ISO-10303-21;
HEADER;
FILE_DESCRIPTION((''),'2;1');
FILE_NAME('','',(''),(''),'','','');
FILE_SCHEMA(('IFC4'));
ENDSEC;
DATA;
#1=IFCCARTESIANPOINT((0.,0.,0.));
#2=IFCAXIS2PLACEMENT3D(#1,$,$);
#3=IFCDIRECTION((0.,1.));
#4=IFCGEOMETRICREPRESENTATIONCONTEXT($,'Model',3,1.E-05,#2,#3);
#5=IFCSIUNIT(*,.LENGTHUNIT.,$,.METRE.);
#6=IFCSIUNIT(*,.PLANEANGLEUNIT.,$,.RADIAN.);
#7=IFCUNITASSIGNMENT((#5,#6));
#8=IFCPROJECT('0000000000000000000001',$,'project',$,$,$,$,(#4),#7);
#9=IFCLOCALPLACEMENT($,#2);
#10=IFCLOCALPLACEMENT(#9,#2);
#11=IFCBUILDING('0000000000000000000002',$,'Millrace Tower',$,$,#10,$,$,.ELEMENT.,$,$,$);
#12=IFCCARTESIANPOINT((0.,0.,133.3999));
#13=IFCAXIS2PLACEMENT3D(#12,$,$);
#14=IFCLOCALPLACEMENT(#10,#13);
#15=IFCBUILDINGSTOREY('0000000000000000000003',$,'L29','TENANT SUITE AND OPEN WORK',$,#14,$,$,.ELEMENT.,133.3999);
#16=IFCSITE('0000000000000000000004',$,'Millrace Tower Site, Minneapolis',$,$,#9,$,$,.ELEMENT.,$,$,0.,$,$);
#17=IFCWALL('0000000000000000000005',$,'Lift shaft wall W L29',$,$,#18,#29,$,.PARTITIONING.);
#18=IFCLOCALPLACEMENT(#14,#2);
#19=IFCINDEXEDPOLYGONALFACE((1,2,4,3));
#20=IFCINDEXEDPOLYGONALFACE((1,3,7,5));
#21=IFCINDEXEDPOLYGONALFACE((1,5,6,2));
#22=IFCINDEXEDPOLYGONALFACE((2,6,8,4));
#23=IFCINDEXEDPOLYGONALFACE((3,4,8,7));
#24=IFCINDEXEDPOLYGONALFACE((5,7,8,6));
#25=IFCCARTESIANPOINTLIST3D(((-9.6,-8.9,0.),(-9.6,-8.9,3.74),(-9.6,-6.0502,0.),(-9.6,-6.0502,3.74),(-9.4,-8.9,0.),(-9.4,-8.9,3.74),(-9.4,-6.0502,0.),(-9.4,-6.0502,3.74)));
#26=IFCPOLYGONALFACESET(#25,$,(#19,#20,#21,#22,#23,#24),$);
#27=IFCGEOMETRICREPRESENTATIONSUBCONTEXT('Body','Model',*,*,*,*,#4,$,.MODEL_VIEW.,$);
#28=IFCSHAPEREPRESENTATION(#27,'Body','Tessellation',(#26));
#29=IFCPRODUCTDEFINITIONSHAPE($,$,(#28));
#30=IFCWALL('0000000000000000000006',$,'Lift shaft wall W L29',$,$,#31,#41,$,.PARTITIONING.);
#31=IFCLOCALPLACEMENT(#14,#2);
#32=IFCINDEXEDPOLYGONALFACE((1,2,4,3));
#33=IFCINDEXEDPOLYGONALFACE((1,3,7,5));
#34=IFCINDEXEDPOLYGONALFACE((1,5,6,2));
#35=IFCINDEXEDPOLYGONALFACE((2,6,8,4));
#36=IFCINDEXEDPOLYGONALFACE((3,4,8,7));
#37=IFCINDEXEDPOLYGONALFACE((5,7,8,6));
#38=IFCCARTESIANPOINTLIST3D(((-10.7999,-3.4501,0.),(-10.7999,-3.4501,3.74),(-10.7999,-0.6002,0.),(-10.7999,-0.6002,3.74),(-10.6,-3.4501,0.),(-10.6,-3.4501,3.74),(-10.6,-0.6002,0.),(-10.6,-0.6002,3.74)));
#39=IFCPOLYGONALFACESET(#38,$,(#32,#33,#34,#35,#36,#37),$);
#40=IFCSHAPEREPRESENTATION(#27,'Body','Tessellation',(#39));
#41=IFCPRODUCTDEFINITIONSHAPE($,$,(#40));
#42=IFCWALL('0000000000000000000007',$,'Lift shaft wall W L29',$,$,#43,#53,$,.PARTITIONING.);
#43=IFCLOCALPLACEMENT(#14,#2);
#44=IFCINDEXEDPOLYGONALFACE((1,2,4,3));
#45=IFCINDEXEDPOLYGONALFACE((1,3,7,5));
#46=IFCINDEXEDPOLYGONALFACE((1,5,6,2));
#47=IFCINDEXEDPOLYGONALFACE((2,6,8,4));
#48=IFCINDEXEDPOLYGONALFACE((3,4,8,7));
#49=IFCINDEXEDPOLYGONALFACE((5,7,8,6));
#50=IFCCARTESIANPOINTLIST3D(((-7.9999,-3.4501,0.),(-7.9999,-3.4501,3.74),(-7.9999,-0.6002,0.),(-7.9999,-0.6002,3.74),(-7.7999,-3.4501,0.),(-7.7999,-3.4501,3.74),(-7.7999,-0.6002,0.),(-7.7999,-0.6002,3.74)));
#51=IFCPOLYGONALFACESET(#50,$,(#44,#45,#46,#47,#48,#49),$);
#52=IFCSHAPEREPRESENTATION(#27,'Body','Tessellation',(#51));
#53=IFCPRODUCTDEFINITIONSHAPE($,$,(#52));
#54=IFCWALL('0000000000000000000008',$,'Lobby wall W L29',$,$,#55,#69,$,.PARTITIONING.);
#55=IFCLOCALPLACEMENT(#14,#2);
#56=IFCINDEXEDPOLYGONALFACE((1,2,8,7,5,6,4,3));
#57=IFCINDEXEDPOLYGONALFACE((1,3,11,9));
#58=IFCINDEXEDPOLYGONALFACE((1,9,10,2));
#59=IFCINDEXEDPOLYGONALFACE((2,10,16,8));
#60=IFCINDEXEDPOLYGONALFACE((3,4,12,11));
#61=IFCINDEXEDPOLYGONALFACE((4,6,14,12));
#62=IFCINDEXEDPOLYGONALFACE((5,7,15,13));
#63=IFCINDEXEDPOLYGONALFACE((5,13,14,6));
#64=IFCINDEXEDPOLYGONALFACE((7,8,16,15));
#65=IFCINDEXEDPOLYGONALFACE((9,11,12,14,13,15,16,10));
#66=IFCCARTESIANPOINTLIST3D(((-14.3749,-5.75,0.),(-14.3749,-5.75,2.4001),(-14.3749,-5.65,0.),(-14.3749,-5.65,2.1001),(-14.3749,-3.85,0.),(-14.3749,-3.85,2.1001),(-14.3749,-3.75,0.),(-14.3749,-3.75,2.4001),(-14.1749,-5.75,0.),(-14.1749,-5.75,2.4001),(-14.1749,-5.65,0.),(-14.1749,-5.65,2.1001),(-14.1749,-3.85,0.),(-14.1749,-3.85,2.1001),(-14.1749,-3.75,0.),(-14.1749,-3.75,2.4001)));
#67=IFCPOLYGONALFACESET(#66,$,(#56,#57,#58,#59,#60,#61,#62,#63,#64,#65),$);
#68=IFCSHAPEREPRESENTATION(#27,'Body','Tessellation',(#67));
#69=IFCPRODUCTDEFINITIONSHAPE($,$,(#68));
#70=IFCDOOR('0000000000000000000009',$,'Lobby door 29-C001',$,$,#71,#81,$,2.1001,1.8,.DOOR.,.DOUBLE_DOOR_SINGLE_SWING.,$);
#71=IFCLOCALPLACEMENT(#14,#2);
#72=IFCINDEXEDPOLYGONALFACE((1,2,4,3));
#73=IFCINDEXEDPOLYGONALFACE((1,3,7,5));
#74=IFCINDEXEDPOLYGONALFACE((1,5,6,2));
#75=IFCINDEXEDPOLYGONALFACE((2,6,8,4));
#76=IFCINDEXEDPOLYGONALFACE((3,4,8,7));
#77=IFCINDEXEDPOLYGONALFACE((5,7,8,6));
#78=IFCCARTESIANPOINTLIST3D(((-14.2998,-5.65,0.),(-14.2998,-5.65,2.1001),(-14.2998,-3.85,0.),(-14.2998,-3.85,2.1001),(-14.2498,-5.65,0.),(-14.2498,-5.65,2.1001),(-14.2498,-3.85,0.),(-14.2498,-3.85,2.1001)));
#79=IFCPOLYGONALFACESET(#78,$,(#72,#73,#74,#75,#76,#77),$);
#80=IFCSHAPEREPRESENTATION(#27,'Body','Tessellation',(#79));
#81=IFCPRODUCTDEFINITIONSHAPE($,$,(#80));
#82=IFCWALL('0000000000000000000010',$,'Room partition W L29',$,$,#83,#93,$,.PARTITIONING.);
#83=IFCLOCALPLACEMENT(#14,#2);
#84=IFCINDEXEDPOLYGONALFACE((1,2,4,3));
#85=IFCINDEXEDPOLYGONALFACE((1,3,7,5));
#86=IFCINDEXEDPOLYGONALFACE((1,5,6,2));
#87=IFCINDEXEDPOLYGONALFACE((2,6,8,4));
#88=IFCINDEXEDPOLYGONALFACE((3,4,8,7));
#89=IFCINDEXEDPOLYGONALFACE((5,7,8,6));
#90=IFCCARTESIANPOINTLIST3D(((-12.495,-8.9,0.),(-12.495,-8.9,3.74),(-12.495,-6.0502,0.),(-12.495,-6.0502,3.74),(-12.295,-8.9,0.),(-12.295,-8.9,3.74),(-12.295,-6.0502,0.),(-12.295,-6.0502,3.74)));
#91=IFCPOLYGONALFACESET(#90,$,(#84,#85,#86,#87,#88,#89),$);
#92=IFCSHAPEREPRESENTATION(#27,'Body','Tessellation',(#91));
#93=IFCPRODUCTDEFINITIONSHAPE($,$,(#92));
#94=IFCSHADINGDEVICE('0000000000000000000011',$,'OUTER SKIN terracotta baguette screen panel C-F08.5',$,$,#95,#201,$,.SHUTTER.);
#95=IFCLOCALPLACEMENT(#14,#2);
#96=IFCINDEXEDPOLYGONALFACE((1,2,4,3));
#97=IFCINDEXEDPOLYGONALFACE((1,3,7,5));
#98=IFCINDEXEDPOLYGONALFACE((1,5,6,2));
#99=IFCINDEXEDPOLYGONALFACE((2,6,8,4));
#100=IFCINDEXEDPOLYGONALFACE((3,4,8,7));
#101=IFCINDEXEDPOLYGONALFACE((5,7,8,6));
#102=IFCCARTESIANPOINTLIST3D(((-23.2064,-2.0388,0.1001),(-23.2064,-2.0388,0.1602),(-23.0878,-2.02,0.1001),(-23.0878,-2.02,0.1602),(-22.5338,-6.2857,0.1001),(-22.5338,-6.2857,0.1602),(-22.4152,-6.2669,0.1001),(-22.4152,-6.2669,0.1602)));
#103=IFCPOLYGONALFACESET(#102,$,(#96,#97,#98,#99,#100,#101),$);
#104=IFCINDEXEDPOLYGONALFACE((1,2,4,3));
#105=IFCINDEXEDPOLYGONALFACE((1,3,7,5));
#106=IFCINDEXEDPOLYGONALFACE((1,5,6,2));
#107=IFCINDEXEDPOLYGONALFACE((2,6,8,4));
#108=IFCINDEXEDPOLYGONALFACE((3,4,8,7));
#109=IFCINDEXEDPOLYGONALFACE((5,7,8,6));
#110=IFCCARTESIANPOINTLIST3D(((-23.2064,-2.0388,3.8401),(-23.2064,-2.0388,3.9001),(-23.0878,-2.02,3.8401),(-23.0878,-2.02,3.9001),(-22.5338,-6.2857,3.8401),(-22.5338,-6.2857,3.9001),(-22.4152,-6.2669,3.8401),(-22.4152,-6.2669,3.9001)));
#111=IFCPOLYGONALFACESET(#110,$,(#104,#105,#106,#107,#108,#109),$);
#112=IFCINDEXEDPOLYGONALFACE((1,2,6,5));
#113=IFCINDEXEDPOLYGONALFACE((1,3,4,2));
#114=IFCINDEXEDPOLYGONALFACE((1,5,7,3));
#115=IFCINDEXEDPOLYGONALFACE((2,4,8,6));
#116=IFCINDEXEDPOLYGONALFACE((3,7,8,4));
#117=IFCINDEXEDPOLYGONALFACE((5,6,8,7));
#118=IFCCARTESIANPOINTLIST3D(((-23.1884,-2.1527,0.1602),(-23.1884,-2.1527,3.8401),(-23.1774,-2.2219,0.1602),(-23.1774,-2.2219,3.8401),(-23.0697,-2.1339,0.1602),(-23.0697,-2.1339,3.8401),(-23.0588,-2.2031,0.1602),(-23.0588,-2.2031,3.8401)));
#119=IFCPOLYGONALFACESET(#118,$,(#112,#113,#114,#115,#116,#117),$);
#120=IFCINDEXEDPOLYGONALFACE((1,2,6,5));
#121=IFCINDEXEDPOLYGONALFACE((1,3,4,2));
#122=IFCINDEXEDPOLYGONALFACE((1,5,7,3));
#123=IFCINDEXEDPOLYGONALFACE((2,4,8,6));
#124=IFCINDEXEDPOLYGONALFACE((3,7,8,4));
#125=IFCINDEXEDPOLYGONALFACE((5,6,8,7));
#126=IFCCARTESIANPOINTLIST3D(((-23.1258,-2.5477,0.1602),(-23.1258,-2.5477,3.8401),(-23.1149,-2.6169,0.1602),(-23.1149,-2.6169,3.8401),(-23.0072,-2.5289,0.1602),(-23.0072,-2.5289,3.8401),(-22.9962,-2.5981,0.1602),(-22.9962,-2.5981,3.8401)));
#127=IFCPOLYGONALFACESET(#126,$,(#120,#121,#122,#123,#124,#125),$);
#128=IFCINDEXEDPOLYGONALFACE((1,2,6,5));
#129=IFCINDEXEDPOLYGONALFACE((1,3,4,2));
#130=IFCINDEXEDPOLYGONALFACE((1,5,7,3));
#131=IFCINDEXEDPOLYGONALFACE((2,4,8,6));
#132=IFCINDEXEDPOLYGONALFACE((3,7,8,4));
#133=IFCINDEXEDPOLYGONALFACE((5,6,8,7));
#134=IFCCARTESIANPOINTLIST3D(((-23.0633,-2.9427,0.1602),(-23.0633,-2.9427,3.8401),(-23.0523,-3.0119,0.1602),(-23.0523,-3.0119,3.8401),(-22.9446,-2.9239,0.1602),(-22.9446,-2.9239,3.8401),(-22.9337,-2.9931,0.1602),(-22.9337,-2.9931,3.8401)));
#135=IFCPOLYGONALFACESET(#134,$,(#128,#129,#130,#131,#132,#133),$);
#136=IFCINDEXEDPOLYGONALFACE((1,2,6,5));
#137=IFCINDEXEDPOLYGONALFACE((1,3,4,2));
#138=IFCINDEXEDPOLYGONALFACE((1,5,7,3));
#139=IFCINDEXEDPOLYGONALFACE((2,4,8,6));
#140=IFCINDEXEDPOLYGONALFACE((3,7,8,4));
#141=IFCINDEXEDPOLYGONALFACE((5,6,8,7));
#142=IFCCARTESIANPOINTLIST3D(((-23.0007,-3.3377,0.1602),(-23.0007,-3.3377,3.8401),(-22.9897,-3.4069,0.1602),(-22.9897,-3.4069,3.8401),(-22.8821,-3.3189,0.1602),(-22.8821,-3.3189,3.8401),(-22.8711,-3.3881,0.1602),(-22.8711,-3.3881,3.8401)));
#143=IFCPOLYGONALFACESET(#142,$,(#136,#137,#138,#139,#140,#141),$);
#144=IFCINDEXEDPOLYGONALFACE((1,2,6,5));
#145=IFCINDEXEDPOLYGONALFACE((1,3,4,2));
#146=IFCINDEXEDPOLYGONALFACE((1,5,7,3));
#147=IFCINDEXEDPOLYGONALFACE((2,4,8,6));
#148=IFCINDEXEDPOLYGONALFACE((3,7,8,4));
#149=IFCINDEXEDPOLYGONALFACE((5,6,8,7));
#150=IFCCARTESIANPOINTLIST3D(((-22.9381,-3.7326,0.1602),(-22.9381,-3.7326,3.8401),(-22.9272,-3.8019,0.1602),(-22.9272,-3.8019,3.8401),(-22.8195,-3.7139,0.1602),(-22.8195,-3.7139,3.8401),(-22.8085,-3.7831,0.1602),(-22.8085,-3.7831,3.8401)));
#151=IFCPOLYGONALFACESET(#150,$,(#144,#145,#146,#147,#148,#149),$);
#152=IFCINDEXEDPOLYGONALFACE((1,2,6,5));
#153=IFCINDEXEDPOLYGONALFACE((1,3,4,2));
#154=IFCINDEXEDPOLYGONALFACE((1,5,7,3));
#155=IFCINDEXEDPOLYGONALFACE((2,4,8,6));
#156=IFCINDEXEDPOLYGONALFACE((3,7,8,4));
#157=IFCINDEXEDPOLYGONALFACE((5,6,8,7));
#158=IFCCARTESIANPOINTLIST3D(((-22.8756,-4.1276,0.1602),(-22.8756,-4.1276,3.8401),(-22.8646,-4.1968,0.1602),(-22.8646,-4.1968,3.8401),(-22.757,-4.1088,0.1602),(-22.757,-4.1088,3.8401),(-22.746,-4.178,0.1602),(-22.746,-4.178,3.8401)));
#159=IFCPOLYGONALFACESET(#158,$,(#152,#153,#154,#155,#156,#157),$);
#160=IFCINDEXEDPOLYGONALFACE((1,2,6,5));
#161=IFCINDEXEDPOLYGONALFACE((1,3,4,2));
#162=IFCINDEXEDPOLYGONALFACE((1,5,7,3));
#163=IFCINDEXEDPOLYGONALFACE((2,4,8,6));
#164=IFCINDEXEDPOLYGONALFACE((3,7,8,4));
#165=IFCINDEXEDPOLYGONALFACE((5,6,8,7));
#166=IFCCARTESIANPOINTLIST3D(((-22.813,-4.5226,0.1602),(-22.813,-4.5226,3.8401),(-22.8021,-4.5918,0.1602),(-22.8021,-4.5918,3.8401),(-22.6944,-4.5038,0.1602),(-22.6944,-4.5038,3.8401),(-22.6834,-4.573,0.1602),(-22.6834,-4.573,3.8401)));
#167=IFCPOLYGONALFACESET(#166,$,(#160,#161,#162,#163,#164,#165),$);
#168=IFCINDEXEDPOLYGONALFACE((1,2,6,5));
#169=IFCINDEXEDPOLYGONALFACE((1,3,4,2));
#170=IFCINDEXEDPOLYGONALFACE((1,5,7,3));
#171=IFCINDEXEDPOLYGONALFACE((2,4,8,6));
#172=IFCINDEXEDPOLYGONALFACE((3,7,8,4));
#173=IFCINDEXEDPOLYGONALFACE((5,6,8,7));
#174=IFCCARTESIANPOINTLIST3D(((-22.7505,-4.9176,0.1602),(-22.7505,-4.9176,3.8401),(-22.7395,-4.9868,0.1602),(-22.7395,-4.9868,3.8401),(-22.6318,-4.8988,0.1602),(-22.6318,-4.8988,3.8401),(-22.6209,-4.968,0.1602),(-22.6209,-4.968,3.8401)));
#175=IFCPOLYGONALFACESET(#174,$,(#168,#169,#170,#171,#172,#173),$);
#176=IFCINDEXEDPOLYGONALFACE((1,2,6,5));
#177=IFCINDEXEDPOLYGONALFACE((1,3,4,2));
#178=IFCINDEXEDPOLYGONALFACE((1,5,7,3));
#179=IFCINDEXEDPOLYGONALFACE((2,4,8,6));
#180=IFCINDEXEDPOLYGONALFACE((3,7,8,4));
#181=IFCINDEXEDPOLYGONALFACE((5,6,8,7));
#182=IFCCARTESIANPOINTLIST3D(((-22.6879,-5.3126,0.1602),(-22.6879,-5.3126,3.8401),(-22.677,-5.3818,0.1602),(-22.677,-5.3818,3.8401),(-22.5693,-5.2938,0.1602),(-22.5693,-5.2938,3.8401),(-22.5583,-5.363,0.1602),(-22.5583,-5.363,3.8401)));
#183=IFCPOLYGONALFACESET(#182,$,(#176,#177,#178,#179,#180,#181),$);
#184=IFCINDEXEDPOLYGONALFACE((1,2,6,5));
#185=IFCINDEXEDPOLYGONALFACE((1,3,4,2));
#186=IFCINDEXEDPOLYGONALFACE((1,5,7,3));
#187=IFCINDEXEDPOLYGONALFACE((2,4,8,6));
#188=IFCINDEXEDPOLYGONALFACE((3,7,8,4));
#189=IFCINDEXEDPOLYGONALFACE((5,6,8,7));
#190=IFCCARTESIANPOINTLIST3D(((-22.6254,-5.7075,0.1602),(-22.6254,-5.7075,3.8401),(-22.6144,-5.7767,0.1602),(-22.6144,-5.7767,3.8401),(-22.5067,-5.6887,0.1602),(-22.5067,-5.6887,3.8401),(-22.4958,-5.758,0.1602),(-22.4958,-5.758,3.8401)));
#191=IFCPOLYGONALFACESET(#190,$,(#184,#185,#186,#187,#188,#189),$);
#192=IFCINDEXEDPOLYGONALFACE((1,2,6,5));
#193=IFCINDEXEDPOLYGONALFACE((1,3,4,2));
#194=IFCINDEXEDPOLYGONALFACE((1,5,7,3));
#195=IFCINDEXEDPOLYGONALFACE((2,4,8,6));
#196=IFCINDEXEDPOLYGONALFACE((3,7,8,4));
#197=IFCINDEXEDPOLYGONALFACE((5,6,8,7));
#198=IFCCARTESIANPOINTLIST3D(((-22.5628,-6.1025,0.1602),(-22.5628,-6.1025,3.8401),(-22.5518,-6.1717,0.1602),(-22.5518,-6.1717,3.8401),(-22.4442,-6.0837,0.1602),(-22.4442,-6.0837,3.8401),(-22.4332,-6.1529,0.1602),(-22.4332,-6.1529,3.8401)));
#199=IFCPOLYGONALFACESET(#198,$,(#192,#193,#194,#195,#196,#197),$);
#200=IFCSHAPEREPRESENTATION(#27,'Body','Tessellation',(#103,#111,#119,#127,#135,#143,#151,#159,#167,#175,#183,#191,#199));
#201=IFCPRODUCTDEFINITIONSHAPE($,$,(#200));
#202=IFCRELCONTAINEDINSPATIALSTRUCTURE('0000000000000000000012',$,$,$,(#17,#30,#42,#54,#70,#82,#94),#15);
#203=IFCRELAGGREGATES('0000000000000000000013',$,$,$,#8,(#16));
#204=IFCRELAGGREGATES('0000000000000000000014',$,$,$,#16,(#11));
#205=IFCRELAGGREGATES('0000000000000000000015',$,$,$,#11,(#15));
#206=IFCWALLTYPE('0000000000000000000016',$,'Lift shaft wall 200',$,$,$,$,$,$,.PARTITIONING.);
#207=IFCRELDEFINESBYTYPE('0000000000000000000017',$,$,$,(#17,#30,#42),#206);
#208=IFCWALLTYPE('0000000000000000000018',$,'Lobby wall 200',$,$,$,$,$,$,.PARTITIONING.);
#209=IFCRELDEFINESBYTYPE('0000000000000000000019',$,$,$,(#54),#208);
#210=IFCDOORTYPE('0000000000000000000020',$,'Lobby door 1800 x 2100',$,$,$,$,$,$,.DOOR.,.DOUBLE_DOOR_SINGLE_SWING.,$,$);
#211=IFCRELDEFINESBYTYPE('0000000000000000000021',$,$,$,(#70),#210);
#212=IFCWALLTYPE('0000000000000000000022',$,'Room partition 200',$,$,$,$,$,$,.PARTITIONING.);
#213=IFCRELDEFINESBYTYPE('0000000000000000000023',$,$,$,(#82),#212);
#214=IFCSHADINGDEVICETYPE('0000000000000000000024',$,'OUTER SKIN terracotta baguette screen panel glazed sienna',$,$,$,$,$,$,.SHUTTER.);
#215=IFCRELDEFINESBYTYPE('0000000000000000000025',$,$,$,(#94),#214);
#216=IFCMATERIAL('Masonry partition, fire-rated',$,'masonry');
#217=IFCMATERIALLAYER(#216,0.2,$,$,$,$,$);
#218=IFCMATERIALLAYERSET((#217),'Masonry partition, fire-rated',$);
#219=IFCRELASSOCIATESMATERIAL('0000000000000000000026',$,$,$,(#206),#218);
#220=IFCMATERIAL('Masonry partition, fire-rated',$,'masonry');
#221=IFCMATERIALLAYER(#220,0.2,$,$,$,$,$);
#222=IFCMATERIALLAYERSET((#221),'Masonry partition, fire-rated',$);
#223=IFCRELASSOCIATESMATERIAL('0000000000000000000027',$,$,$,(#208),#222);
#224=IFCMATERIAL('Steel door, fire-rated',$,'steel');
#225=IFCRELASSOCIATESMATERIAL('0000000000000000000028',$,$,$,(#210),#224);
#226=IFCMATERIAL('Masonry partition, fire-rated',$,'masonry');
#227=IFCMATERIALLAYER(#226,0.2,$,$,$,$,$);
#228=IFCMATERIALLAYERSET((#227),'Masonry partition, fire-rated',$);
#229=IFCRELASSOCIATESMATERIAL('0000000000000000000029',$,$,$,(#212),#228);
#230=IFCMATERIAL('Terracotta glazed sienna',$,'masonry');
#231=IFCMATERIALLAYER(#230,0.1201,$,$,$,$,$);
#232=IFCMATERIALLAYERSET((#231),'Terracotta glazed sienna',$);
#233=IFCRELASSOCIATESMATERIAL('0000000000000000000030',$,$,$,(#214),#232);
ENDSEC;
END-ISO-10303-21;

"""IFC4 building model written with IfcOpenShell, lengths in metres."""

from ifc_helpers import new_model, entity, si_unit, direction, frame, frame_2d, origin, origin_2d, place, context, subcontext, project, spatial, rectangle, extrude, source, transform, mapped, material, layer, layer_set, type_object, element, fill, save


model = new_model("IFC4")

# Units and contexts
model_context = context("Model", 3, precision=1e-05, world=origin(), true_north=direction((0.0, 1.0)))
body_context = subcontext(model_context, "Body", "Model", "MODEL_VIEW")
ifc_project = project(units=[si_unit("LENGTHUNIT", "METRE"), si_unit("PLANEANGLEUNIT", "RADIAN")], contexts=[model_context])

# Site, building, storey
site_placement = place(None, origin())
site = spatial("IfcSite", under=ifc_project, at=site_placement, Name="Millrace Tower Site, Minneapolis", CompositionType="ELEMENT", RefElevation=0.0)
building_placement = place(site_placement, origin())
building = spatial("IfcBuilding", under=site, at=building_placement, Name="Millrace Tower", CompositionType="ELEMENT")
storey_placement = place(building_placement, frame((0.0, 0.0, 133.3999)))
storey = spatial("IfcBuildingStorey", under=building, at=storey_placement, Name="L29", Description="TENANT SUITE AND OPEN WORK", CompositionType="ELEMENT", Elevation=133.3999)

# Shared definitions
ifc_material_1 = material(Name="Masonry partition, fire-rated", Category="masonry")
ifc_layer_1 = layer(ifc_material_1, 0.2)
ifc_layer_set_1 = layer_set([ifc_layer_1], Name="Masonry partition, fire-rated")
wall_type_1 = type_object("IfcWallType", Name="Lift shaft wall 200", PredefinedType="PARTITIONING", material=ifc_layer_set_1)

# Walls
for number, where, z_axis, x_axis, name in (
    (1, (-9.5, -8.8999, 0.0), (0.0, 0.0, 1.0), (0.0, 1.0, 0.0), "Lift shaft wall W L29"),
    (2, (-10.7, -3.45, 0.0), (0.0, 0.0, 1.0), (0.0, 1.0, 0.0), "Lift shaft wall W L29"),
    (3, (-7.8999, -3.45, 0.0), (0.0, 0.0, 1.0), (0.0, 1.0, 0.0), "Lift shaft wall W L29"),
):
    element("IfcWall", number, at=place(storey_placement, frame(where, z_axis=z_axis, x_axis=x_axis)), inside=storey, type_object=wall_type_1, Name=name, PredefinedType="PARTITIONING", context=body_context, shape_type="SweptSolid", body=[
        extrude(rectangle(XDim=2.8499, YDim=0.2, at=frame_2d((1.4248, 0.0))), origin(), (0.0, 0.0, 1.0), 3.74),
    ])

# Wall, opening, door
ifc_material_2 = material(Name="Masonry partition, fire-rated", Category="masonry")
ifc_layer_2 = layer(ifc_material_2, 0.2)
ifc_layer_set_2 = layer_set([ifc_layer_2], Name="Masonry partition, fire-rated")
wall_type_2 = type_object("IfcWallType", Name="Lobby wall 200", PredefinedType="PARTITIONING", material=ifc_layer_set_2)
wall_1_placement = place(storey_placement, frame((-14.2749, -5.75, 0.0), z_axis=(0.0, 0.0, 1.0), x_axis=(0.0, 1.0, 0.0)))
wall_1 = element("IfcWall", 4, at=wall_1_placement, inside=storey, type_object=wall_type_2, Name="Lobby wall W L29", PredefinedType="PARTITIONING", context=body_context, shape_type="SweptSolid", body=[
    extrude(rectangle(XDim=2.0, YDim=0.2, at=frame_2d((1.0, 0.0))), origin(), (0.0, 0.0, 1.0), 2.4001),
])
opening_1_placement = place(wall_1_placement, frame((0.1001, 0.0, 0.0)))
opening_1 = element("IfcOpeningElement", 5, at=opening_1_placement, cuts=wall_1, PredefinedType="OPENING", context=body_context, shape_type="SweptSolid", body=[
    extrude(rectangle(XDim=1.8, YDim=2.1001, at=frame_2d((0.8999, 1.05))), frame((0.0, 0.1099, 0.0), z_axis=(0.0, -1.0, 0.0), x_axis=(1.0, 0.0, 0.0)), (0.0, 0.0, 1.0), 0.22),
])
ifc_material_3 = material(Name="Steel door, fire-rated", Category="steel")
door_type_1 = type_object("IfcDoorType", Name="Lobby door 1800 x 2100", OperationType="DOUBLE_DOOR_SINGLE_SWING", PredefinedType="DOOR", material=ifc_material_3)
door_1_placement = place(opening_1_placement, origin())
door_1 = element("IfcDoor", 6, at=door_1_placement, inside=storey, type_object=door_type_1, Name="Lobby door 29-C001", OperationType="DOUBLE_DOOR_SINGLE_SWING", OverallHeight=2.1001, OverallWidth=1.8, PredefinedType="DOOR", context=body_context, shape_type="SweptSolid", body=[
    extrude(rectangle(XDim=1.8, YDim=2.1001, at=frame_2d((0.8999, 1.05))), frame((0.0, 0.0249, 0.0), z_axis=(0.0, -1.0, 0.0), x_axis=(1.0, 0.0, 0.0)), (0.0, 0.0, 1.0), 0.05),
])
fill(opening_1, door_1)

# Wall
ifc_material_4 = material(Name="Masonry partition, fire-rated", Category="masonry")
ifc_layer_3 = layer(ifc_material_4, 0.2)
ifc_layer_set_3 = layer_set([ifc_layer_3], Name="Masonry partition, fire-rated")
wall_type_3 = type_object("IfcWallType", Name="Room partition 200", PredefinedType="PARTITIONING", material=ifc_layer_set_3)
wall_2_placement = place(storey_placement, frame((-12.395, -8.8999, 0.0), z_axis=(0.0, 0.0, 1.0), x_axis=(0.0, 1.0, 0.0)))
element("IfcWall", 7, at=wall_2_placement, inside=storey, type_object=wall_type_3, Name="Room partition W L29", PredefinedType="PARTITIONING", context=body_context, shape_type="SweptSolid", body=[
    extrude(rectangle(XDim=2.8499, YDim=0.2, at=frame_2d((1.4248, 0.0))), origin(), (0.0, 0.0, 1.0), 3.74),
])

# Shading device
ifc_material_5 = material(Name="Terracotta glazed sienna", Category="masonry")
ifc_layer_4 = layer(ifc_material_5, 0.1201)
ifc_layer_set_4 = layer_set([ifc_layer_4], Name="Terracotta glazed sienna")
shading_device_type = type_object("IfcShadingDeviceType", Name="OUTER SKIN terracotta baguette screen panel glazed sienna", PredefinedType="SHUTTER", material=ifc_layer_set_4)
cartesian_point = entity("IfcCartesianPoint", [-2.1499, 0.0601])
shared_polyline = entity("IfcPolyline", [cartesian_point, entity("IfcCartesianPoint", [2.1499, 0.0601]), entity("IfcCartesianPoint", [2.1499, -0.0601]), entity("IfcCartesianPoint", [-2.1499, -0.0601]), cartesian_point])
shared_shape = source(origin(), body_context, "Body", "SweptSolid", [
    entity("IfcExtrudedAreaSolid", entity("IfcArbitraryClosedProfileDef", "AREA", None, shared_polyline), entity("IfcAxis2Placement3D", entity("IfcCartesianPoint", [0.0, 0.0, 0.0])), entity("IfcDirection", [0.0, 0.0, 1.0]), 0.0601),
    entity("IfcExtrudedAreaSolid", entity("IfcArbitraryClosedProfileDef", "AREA", None, shared_polyline), entity("IfcAxis2Placement3D", entity("IfcCartesianPoint", [0.0, 0.0, 3.74])), entity("IfcDirection", [0.0, 0.0, 1.0]), 0.0601),
    extrude(rectangle(XDim=0.0701, YDim=0.1201, at=frame_2d((-1.9995, 0.0))), frame((0.0, 0.0, 0.0601)), (0.0, 0.0, 1.0), 3.6799),
    extrude(rectangle(XDim=0.0701, YDim=0.1201, at=frame_2d((-1.5996, 0.0))), frame((0.0, 0.0, 0.0601)), (0.0, 0.0, 1.0), 3.6799),
    extrude(rectangle(XDim=0.0701, YDim=0.1201, at=frame_2d((-1.1997, 0.0))), frame((0.0, 0.0, 0.0601)), (0.0, 0.0, 1.0), 3.6799),
    extrude(rectangle(XDim=0.0701, YDim=0.1201, at=frame_2d((-0.7998, 0.0))), frame((0.0, 0.0, 0.0601)), (0.0, 0.0, 1.0), 3.6799),
    extrude(rectangle(XDim=0.0701, YDim=0.1201, at=frame_2d((-0.3999, 0.0))), frame((0.0, 0.0, 0.0601)), (0.0, 0.0, 1.0), 3.6799),
    extrude(rectangle(XDim=0.0701, YDim=0.1201, at=origin_2d()), frame((0.0, 0.0, 0.0601)), (0.0, 0.0, 1.0), 3.6799),
    extrude(rectangle(XDim=0.0701, YDim=0.1201, at=frame_2d((0.3999, 0.0))), frame((0.0, 0.0, 0.0601)), (0.0, 0.0, 1.0), 3.6799),
    extrude(rectangle(XDim=0.0701, YDim=0.1201, at=frame_2d((0.7998, 0.0))), frame((0.0, 0.0, 0.0601)), (0.0, 0.0, 1.0), 3.6799),
    extrude(rectangle(XDim=0.0701, YDim=0.1201, at=frame_2d((1.1997, 0.0))), frame((0.0, 0.0, 0.0601)), (0.0, 0.0, 1.0), 3.6799),
    extrude(rectangle(XDim=0.0701, YDim=0.1201, at=frame_2d((1.5996, 0.0))), frame((0.0, 0.0, 0.0601)), (0.0, 0.0, 1.0), 3.6799),
    extrude(rectangle(XDim=0.0701, YDim=0.1201, at=frame_2d((1.9995, 0.0))), frame((0.0, 0.0, 0.0601)), (0.0, 0.0, 1.0), 3.6799),
])
for number, where, z_axis, x_axis, name in (
    (8, (-22.8108, -4.1528, 0.1001), (0.0, 0.0, 1.0), (0.156434, -0.987688, 0.0), "OUTER SKIN terracotta baguette screen panel C-F08.5"),
):
    element("IfcShadingDevice", number, at=place(storey_placement, frame(where, z_axis=z_axis, x_axis=x_axis)), inside=storey, type_object=shading_device_type, Name=name, PredefinedType="SHUTTER", context=body_context, shape_type="MappedRepresentation", body=[
        mapped(shared_shape, transform((0.0, 0.0, 0.0), scale=1.0)),
    ])

save(model, "model.ifc")
